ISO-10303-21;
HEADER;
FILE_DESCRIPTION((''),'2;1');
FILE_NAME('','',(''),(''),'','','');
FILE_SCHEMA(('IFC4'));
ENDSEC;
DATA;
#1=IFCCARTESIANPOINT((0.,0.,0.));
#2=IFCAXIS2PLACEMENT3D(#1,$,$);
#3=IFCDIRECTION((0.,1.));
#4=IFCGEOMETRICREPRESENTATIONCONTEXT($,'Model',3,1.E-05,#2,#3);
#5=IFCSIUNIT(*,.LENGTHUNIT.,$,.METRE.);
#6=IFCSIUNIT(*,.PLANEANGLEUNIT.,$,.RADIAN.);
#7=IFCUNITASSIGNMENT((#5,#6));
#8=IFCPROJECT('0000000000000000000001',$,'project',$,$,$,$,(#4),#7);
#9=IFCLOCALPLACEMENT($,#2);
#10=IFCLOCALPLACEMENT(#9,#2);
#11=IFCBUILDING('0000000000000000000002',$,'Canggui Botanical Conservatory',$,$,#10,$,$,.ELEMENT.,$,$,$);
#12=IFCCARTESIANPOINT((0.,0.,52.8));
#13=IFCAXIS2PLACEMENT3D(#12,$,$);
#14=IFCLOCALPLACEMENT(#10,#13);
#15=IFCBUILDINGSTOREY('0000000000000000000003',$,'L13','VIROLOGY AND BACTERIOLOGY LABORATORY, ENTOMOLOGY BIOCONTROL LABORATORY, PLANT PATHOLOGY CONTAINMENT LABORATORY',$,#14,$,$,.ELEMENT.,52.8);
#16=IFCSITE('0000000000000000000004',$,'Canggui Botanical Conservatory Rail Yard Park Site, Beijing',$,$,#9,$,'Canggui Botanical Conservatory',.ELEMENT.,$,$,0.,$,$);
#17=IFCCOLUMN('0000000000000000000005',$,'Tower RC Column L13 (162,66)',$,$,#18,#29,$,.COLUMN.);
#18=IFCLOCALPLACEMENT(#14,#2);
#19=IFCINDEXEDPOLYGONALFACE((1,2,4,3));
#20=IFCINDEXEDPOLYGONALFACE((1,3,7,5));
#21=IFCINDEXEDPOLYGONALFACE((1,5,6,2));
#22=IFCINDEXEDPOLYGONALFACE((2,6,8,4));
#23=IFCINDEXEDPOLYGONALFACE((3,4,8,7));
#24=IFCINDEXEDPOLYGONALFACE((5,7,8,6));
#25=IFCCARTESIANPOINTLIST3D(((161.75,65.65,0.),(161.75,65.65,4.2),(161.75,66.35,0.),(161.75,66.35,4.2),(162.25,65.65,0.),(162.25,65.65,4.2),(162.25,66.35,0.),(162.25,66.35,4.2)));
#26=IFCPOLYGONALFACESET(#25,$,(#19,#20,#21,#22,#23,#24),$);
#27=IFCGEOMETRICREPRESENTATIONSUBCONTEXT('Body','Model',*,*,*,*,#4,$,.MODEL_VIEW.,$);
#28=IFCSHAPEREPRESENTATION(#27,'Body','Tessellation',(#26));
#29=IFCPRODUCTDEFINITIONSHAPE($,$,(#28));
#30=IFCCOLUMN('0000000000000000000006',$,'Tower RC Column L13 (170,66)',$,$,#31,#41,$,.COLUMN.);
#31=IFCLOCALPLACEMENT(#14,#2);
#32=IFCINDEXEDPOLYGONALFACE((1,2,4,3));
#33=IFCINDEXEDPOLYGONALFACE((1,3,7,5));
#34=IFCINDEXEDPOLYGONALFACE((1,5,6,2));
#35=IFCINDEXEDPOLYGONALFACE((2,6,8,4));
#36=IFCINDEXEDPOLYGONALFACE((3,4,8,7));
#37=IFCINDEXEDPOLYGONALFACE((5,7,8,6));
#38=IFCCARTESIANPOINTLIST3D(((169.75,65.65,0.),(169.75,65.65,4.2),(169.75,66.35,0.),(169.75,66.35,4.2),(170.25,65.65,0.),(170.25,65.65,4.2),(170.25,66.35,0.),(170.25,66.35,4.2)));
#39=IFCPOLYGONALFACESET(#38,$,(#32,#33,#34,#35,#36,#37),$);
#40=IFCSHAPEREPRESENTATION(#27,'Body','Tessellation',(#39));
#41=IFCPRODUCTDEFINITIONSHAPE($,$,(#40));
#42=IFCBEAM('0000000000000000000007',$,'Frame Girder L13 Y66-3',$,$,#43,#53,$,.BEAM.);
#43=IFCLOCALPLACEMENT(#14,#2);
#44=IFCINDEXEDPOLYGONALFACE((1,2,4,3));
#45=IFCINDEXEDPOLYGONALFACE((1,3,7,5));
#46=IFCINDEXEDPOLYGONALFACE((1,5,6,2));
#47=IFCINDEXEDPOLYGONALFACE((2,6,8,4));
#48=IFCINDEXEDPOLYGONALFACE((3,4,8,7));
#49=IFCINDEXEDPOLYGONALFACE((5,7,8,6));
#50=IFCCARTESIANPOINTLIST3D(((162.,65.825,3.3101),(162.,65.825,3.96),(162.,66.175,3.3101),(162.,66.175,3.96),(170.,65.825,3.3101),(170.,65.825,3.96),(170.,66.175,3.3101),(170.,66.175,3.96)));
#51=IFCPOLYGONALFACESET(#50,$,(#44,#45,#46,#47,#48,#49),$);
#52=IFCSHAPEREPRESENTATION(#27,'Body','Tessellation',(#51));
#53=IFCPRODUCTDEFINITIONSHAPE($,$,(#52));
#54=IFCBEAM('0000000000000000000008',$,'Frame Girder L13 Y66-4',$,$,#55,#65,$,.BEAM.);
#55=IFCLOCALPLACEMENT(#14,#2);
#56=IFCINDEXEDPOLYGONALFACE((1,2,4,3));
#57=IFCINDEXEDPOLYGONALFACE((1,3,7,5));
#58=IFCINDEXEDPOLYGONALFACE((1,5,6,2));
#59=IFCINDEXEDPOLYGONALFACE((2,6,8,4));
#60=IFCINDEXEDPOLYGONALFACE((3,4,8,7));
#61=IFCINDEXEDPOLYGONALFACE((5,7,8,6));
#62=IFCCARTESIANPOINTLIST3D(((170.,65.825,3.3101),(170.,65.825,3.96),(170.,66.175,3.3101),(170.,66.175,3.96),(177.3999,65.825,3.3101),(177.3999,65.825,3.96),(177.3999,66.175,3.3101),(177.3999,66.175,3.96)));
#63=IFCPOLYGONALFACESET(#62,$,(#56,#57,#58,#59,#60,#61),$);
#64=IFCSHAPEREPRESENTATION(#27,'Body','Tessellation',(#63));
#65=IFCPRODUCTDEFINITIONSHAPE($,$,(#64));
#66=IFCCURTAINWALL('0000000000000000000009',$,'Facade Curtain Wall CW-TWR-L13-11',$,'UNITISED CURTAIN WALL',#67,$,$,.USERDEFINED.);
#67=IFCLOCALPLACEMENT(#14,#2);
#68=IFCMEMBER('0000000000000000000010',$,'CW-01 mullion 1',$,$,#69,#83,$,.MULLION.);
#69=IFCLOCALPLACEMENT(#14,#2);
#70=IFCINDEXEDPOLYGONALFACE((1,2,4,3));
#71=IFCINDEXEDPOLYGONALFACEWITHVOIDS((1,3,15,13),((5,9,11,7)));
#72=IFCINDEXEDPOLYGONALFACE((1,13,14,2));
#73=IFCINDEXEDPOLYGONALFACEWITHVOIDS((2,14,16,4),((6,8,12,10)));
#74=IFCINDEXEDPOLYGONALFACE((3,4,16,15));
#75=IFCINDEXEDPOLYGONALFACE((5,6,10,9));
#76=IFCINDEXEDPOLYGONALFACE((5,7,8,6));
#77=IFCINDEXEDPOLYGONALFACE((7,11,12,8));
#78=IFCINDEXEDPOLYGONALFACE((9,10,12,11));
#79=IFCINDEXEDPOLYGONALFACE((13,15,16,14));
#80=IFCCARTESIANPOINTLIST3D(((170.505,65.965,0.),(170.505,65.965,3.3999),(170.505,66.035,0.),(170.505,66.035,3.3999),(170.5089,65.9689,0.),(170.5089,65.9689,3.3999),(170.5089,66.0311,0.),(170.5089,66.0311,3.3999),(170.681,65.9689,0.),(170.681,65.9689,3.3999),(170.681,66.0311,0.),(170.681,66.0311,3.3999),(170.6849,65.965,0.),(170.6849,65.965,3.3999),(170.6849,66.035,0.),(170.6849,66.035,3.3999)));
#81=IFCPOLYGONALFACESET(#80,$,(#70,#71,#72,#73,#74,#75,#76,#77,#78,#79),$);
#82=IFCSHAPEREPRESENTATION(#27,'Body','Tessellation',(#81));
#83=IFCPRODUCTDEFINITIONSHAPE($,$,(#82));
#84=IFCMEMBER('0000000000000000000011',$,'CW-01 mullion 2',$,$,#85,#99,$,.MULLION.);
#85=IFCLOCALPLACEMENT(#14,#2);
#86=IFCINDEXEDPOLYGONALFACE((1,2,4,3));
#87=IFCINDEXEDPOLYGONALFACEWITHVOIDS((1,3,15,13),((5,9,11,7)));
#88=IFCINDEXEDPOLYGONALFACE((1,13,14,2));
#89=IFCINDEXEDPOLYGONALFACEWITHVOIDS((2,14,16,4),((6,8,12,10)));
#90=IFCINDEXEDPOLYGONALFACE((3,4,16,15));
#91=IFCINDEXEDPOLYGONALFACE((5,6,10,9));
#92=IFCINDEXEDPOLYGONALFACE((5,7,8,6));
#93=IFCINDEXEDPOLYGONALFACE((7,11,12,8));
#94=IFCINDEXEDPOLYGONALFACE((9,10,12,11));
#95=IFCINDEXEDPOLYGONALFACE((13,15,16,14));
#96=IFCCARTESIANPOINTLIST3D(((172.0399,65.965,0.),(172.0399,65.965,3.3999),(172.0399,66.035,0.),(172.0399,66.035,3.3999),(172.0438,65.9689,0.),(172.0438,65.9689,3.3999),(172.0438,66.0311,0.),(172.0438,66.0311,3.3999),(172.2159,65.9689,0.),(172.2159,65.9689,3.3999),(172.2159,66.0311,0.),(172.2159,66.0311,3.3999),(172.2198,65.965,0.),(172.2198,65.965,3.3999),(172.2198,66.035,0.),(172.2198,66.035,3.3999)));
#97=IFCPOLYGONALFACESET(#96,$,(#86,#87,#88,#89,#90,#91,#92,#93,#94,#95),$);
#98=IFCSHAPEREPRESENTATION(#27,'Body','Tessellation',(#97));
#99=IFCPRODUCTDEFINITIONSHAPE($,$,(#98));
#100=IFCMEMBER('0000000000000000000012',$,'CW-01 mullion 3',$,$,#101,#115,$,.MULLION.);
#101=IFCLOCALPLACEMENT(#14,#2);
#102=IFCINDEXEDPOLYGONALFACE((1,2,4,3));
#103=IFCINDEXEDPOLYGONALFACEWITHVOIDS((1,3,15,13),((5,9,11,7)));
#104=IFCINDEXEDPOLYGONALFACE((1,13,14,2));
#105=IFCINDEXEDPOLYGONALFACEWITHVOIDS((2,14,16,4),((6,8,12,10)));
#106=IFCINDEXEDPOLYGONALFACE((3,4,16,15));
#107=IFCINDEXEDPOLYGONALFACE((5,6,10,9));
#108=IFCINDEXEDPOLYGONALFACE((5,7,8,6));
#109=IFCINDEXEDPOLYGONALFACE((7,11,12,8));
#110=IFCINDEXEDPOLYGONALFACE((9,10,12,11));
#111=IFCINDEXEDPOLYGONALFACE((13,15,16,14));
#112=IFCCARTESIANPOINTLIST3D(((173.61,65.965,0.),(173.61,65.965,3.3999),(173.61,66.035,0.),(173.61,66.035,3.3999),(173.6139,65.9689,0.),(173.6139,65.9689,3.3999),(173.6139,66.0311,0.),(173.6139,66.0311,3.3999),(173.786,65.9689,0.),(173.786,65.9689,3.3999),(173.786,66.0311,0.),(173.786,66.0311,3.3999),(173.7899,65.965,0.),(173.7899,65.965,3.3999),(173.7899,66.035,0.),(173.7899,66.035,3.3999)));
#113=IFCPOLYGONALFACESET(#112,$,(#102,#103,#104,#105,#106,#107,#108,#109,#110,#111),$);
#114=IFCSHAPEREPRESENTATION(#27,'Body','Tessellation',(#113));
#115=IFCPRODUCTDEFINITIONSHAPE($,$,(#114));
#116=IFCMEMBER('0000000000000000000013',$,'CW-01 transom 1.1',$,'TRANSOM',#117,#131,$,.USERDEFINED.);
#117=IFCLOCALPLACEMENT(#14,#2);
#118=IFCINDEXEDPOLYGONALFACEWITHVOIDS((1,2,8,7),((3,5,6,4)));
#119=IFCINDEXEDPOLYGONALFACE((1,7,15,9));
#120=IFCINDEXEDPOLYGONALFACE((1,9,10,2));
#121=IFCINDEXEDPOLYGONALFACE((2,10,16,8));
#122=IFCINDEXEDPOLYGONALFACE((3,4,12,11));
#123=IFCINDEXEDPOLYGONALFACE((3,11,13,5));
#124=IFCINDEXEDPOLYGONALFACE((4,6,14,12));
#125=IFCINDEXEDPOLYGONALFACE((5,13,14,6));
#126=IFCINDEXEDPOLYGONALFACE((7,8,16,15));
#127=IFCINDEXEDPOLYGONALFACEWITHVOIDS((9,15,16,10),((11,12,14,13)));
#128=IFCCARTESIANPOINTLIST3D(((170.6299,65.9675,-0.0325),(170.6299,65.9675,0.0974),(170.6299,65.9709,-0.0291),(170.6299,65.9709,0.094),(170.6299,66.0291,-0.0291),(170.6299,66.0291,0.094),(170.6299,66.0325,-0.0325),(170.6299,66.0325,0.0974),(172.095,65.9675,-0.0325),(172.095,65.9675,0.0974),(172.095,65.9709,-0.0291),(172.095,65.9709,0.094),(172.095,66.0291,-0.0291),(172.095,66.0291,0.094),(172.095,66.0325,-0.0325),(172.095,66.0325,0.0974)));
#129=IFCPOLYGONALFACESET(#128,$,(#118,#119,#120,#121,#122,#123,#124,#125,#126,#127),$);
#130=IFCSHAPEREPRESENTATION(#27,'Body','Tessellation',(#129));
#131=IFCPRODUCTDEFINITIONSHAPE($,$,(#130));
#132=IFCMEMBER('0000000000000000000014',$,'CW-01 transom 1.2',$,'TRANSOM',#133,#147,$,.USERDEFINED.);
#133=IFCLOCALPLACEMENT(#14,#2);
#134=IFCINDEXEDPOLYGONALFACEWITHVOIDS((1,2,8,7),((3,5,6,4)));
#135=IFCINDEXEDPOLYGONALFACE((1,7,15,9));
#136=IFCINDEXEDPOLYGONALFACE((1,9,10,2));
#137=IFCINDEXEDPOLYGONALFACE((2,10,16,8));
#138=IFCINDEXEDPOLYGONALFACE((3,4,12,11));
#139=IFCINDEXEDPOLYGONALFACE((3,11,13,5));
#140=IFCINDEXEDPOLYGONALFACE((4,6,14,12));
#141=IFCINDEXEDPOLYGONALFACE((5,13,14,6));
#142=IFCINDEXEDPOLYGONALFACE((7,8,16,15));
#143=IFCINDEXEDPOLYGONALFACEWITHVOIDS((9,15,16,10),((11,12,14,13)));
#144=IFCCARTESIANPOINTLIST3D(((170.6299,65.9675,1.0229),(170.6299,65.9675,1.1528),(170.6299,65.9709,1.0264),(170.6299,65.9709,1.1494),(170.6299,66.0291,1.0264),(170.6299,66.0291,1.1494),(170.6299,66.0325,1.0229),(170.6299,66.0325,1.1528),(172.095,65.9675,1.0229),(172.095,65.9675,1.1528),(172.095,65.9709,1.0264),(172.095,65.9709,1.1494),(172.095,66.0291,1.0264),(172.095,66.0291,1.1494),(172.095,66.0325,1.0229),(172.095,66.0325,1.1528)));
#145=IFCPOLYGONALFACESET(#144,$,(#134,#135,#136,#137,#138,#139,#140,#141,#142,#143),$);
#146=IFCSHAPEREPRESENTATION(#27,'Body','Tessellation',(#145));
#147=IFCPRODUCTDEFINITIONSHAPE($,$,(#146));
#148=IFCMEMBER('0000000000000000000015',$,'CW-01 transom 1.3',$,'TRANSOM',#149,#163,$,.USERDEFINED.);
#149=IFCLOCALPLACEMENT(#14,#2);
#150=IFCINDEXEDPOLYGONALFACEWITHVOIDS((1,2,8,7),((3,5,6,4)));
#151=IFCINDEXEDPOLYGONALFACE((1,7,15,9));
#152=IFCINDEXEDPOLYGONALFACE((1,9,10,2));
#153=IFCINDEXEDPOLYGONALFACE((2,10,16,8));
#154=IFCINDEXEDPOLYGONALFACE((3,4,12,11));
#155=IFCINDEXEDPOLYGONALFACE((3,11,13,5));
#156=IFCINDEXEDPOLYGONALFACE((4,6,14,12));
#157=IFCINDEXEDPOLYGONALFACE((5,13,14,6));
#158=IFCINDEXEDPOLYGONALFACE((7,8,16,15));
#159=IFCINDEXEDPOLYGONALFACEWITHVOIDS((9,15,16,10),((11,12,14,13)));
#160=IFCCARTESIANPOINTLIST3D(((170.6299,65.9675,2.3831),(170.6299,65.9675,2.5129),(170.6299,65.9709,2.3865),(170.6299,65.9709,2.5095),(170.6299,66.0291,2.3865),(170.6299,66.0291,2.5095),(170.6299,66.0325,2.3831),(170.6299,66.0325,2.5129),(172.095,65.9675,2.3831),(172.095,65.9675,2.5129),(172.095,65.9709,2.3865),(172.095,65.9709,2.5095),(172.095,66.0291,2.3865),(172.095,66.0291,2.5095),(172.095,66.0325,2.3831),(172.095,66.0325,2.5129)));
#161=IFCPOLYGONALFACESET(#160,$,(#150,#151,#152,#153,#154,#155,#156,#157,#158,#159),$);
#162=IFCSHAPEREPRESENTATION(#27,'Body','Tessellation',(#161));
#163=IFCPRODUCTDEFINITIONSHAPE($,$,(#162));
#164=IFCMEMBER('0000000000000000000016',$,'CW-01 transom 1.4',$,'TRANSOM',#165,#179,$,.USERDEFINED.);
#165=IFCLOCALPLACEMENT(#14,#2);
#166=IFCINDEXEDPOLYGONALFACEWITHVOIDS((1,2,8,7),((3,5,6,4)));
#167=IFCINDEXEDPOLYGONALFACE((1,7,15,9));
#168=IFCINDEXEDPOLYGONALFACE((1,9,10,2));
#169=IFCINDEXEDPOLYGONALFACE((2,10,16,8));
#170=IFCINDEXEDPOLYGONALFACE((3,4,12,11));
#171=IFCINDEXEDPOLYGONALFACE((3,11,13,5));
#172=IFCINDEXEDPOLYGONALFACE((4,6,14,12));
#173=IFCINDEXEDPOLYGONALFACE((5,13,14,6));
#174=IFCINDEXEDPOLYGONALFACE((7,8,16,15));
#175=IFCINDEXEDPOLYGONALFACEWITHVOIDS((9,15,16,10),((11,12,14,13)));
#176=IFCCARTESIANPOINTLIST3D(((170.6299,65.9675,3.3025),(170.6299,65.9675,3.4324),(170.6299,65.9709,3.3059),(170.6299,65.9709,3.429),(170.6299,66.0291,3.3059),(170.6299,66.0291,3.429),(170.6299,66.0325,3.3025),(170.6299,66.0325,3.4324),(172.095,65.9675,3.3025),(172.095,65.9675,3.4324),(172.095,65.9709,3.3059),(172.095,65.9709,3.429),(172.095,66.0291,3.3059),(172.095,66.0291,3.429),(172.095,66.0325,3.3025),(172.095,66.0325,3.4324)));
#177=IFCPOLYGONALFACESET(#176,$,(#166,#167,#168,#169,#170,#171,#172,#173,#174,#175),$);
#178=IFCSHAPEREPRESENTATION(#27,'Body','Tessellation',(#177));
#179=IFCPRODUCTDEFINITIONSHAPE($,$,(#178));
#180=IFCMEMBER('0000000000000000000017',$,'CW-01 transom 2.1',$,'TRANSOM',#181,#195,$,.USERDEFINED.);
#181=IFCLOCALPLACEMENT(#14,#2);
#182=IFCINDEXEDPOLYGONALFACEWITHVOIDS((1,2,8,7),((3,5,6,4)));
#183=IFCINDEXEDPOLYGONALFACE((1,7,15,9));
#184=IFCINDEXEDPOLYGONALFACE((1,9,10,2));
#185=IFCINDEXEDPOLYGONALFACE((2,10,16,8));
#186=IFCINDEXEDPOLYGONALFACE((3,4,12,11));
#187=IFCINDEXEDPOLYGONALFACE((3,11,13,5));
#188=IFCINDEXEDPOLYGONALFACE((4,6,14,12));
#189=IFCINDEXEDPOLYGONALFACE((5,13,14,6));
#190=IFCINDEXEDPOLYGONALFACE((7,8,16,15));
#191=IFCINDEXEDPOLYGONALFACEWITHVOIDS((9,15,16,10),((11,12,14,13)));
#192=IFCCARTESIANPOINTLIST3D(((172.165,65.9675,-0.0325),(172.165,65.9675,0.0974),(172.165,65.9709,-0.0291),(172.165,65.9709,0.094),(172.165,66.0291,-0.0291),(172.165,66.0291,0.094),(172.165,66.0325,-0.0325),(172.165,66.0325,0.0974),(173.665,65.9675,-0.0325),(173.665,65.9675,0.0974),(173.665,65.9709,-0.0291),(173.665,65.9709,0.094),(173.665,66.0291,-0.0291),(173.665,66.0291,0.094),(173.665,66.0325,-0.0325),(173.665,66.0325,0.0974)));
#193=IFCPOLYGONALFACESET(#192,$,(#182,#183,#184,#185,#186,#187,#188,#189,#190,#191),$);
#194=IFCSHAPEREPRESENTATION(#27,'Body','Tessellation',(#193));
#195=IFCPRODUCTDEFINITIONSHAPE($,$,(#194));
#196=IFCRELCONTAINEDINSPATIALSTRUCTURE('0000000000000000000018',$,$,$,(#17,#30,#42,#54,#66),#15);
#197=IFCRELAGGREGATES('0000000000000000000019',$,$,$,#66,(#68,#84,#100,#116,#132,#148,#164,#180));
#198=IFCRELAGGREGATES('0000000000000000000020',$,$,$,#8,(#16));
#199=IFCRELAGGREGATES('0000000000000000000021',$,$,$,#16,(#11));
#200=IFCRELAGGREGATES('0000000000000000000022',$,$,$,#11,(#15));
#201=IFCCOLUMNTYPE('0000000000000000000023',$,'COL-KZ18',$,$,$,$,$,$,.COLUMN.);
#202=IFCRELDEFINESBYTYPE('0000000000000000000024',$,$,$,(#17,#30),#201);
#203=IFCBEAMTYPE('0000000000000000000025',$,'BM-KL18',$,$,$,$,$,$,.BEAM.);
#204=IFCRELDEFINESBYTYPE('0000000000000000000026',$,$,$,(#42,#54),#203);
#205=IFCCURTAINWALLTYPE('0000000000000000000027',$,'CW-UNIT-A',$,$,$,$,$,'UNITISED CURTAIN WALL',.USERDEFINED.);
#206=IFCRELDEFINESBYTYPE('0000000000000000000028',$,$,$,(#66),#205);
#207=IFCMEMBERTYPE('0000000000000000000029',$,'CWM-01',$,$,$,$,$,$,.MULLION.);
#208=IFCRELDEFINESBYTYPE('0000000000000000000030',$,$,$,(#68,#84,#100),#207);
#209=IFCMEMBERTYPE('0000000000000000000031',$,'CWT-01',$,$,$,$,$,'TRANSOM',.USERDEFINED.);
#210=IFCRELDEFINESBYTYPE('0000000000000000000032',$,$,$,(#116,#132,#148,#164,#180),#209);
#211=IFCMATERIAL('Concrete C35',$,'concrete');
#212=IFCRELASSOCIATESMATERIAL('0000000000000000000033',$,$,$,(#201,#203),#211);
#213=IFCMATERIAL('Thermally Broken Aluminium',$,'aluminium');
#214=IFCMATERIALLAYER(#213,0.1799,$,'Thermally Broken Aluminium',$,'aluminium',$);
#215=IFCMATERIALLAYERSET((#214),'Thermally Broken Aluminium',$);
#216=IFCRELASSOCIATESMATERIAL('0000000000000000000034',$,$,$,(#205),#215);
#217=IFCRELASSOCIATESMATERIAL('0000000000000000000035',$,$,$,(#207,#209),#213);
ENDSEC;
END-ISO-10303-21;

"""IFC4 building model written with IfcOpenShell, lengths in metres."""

from ifc_helpers import new_model, si_unit, direction, frame, origin, origin_2d, place, context, subcontext, project, spatial, rectangle, hollow_rectangle, extrude, material, layer, layer_set, material_profile, profile_set, type_object, element, aggregate, save


model = new_model("IFC4")

# Units and contexts
model_context = context("Model", 3, precision=1e-05, world=origin(), true_north=direction((0.0, 1.0)))
body_context = subcontext(model_context, "Body", "Model", "MODEL_VIEW")
ifc_project = project(units=[si_unit("LENGTHUNIT", "METRE"), si_unit("PLANEANGLEUNIT", "RADIAN")], contexts=[model_context])

# Site, building, storey
site_placement = place(None, origin())
site = spatial("IfcSite", under=ifc_project, at=site_placement, Name="Canggui Botanical Conservatory Rail Yard Park Site, Beijing", LongName="Canggui Botanical Conservatory", CompositionType="ELEMENT", RefElevation=0.0)
building_placement = place(site_placement, origin())
building = spatial("IfcBuilding", under=site, at=building_placement, Name="Canggui Botanical Conservatory", CompositionType="ELEMENT")
storey_placement = place(building_placement, frame((0.0, 0.0, 52.8)))
storey = spatial("IfcBuildingStorey", under=building, at=storey_placement, Name="L13", Description="VIROLOGY AND BACTERIOLOGY LABORATORY, ENTOMOLOGY BIOCONTROL LABORATORY, PLANT PATHOLOGY CONTAINMENT LABORATORY", CompositionType="ELEMENT", Elevation=52.8)

# Columns
ifc_material_1 = material(Name="Concrete C35", Category="concrete")
ifc_material_profile_1 = material_profile(ifc_material_1, rectangle(XDim=0.5, YDim=0.7, at=origin_2d()), Name="RC 500x700")
ifc_profile_set_1 = profile_set([ifc_material_profile_1], Name="Concrete C35")
column_type = type_object("IfcColumnType", Name="COL-KZ18", PredefinedType="COLUMN", material=ifc_profile_set_1)
for number, where, z_axis, x_axis, name in (
    (1, (162.0, 66.0, 0.0), (0.0, 0.0, 1.0), (1.0, 0.0, 0.0), "Tower RC Column L13 (162,66)"),
    (2, (170.0, 66.0, 0.0), (0.0, 0.0, 1.0), (1.0, 0.0, 0.0), "Tower RC Column L13 (170,66)"),
):
    element("IfcColumn", number, at=place(storey_placement, frame(where, z_axis=z_axis, x_axis=x_axis)), inside=storey, type_object=column_type, Name=name, PredefinedType="COLUMN", context=body_context, shape_type="SweptSolid", body=[
        extrude(rectangle(XDim=0.5, YDim=0.7, at=origin_2d()), origin(), (0.0, 0.0, 1.0), 4.2),
    ])

# Beams
ifc_material_profile_2 = material_profile(ifc_material_1, rectangle(XDim=0.3501, YDim=0.6499, at=origin_2d()), Name="RB 350x650")
ifc_profile_set_2 = profile_set([ifc_material_profile_2], Name="Concrete C35")
beam_type = type_object("IfcBeamType", Name="BM-KL18", PredefinedType="BEAM", material=ifc_profile_set_2)
beam_1_placement = place(storey_placement, frame((162.0, 66.0, 3.635), z_axis=(1.0, 0.0, 0.0), x_axis=(0.0, 1.0, 0.0)))
element("IfcBeam", 3, at=beam_1_placement, inside=storey, type_object=beam_type, Name="Frame Girder L13 Y66-3", PredefinedType="BEAM", context=body_context, shape_type="SweptSolid", body=[
    extrude(rectangle(XDim=0.3501, YDim=0.6499, at=origin_2d()), origin(), (0.0, 0.0, 1.0), 8.0),
])
beam_2_placement = place(storey_placement, frame((170.0, 66.0, 3.635), z_axis=(1.0, 0.0, 0.0), x_axis=(0.0, 1.0, 0.0)))
element("IfcBeam", 4, at=beam_2_placement, inside=storey, type_object=beam_type, Name="Frame Girder L13 Y66-4", PredefinedType="BEAM", context=body_context, shape_type="SweptSolid", body=[
    extrude(rectangle(XDim=0.3501, YDim=0.6499, at=origin_2d()), origin(), (0.0, 0.0, 1.0), 7.3999),
])

# Curtain wall, members
ifc_material_2 = material(Name="Thermally Broken Aluminium", Category="aluminium")
ifc_layer_1 = layer(ifc_material_2, 0.1799, Name="Thermally Broken Aluminium", Category="aluminium")
ifc_layer_set_1 = layer_set([ifc_layer_1], Name="Thermally Broken Aluminium")
curtain_wall_type = type_object("IfcCurtainWallType", Name="CW-UNIT-A", ElementType="UNITISED CURTAIN WALL", PredefinedType="USERDEFINED", material=ifc_layer_set_1)
curtain_wall_placement = place(storey_placement, origin())
curtain_wall = element("IfcCurtainWall", 5, at=curtain_wall_placement, inside=storey, type_object=curtain_wall_type, Name="Facade Curtain Wall CW-TWR-L13-11", ObjectType="UNITISED CURTAIN WALL", PredefinedType="USERDEFINED")
ifc_material_profile_3 = material_profile(ifc_material_2, hollow_rectangle(XDim=0.0701, YDim=0.1799, WallThickness=0.0039, at=origin_2d()), Name="CWM 70x180x4")
ifc_profile_set_3 = profile_set([ifc_material_profile_3], Name="Thermally Broken Aluminium")
member_type_1 = type_object("IfcMemberType", Name="CWM-01", PredefinedType="MULLION", material=ifc_profile_set_3)
member_1_placement = place(storey_placement, frame((170.595, 66.0, 0.0), z_axis=(0.0, 0.0, 1.0), x_axis=(0.0, 1.0, 0.0)))
member_1 = element("IfcMember", 6, at=member_1_placement, type_object=member_type_1, Name="CW-01 mullion 1", PredefinedType="MULLION", context=body_context, shape_type="SweptSolid", body=[
    extrude(hollow_rectangle(XDim=0.0701, YDim=0.1799, WallThickness=0.0039, at=origin_2d()), origin(), (0.0, 0.0, 1.0), 3.3999),
])
member_2_placement = place(storey_placement, frame((172.1299, 66.0, 0.0), z_axis=(0.0, 0.0, 1.0), x_axis=(0.0, 1.0, 0.0)))
member_2 = element("IfcMember", 7, at=member_2_placement, type_object=member_type_1, Name="CW-01 mullion 2", PredefinedType="MULLION", context=body_context, shape_type="SweptSolid", body=[
    extrude(hollow_rectangle(XDim=0.0701, YDim=0.1799, WallThickness=0.0039, at=origin_2d()), origin(), (0.0, 0.0, 1.0), 3.3999),
])
member_3_placement = place(storey_placement, frame((173.7, 66.0, 0.0), z_axis=(0.0, 0.0, 1.0), x_axis=(0.0, 1.0, 0.0)))
member_3 = element("IfcMember", 8, at=member_3_placement, type_object=member_type_1, Name="CW-01 mullion 3", PredefinedType="MULLION", context=body_context, shape_type="SweptSolid", body=[
    extrude(hollow_rectangle(XDim=0.0701, YDim=0.1799, WallThickness=0.0039, at=origin_2d()), origin(), (0.0, 0.0, 1.0), 3.3999),
])
ifc_material_profile_4 = material_profile(ifc_material_2, hollow_rectangle(XDim=0.0649, YDim=0.1299, WallThickness=0.0034, at=origin_2d()), Name="CWT 65x130x3.5")
ifc_profile_set_4 = profile_set([ifc_material_profile_4], Name="Thermally Broken Aluminium")
member_type_2 = type_object("IfcMemberType", Name="CWT-01", ElementType="TRANSOM", PredefinedType="USERDEFINED", material=ifc_profile_set_4)
member_4_placement = place(storey_placement, frame((170.6299, 66.0, 0.0325), z_axis=(1.0, 0.0, 0.0), x_axis=(0.0, 1.0, 0.0)))
member_4 = element("IfcMember", 9, at=member_4_placement, type_object=member_type_2, Name="CW-01 transom 1.1", ObjectType="TRANSOM", PredefinedType="USERDEFINED", context=body_context, shape_type="SweptSolid", body=[
    extrude(hollow_rectangle(XDim=0.0649, YDim=0.1299, WallThickness=0.0034, at=origin_2d()), origin(), (0.0, 0.0, 1.0), 1.4651),
])
member_5_placement = place(storey_placement, frame((170.6299, 66.0, 1.0879), z_axis=(1.0, 0.0, 0.0), x_axis=(0.0, 1.0, 0.0)))
member_5 = element("IfcMember", 10, at=member_5_placement, type_object=member_type_2, Name="CW-01 transom 1.2", ObjectType="TRANSOM", PredefinedType="USERDEFINED", context=body_context, shape_type="SweptSolid", body=[
    extrude(hollow_rectangle(XDim=0.0649, YDim=0.1299, WallThickness=0.0034, at=origin_2d()), origin(), (0.0, 0.0, 1.0), 1.4651),
])
member_6_placement = place(storey_placement, frame((170.6299, 66.0, 2.448), z_axis=(1.0, 0.0, 0.0), x_axis=(0.0, 1.0, 0.0)))
member_6 = element("IfcMember", 11, at=member_6_placement, type_object=member_type_2, Name="CW-01 transom 1.3", ObjectType="TRANSOM", PredefinedType="USERDEFINED", context=body_context, shape_type="SweptSolid", body=[
    extrude(hollow_rectangle(XDim=0.0649, YDim=0.1299, WallThickness=0.0034, at=origin_2d()), origin(), (0.0, 0.0, 1.0), 1.4651),
])
member_7_placement = place(storey_placement, frame((170.6299, 66.0, 3.3674), z_axis=(1.0, 0.0, 0.0), x_axis=(0.0, 1.0, 0.0)))
member_7 = element("IfcMember", 12, at=member_7_placement, type_object=member_type_2, Name="CW-01 transom 1.4", ObjectType="TRANSOM", PredefinedType="USERDEFINED", context=body_context, shape_type="SweptSolid", body=[
    extrude(hollow_rectangle(XDim=0.0649, YDim=0.1299, WallThickness=0.0034, at=origin_2d()), origin(), (0.0, 0.0, 1.0), 1.4651),
])
member_8_placement = place(storey_placement, frame((172.165, 66.0, 0.0325), z_axis=(1.0, 0.0, 0.0), x_axis=(0.0, 1.0, 0.0)))
member_8 = element("IfcMember", 13, at=member_8_placement, type_object=member_type_2, Name="CW-01 transom 2.1", ObjectType="TRANSOM", PredefinedType="USERDEFINED", context=body_context, shape_type="SweptSolid", body=[
    extrude(hollow_rectangle(XDim=0.0649, YDim=0.1299, WallThickness=0.0034, at=origin_2d()), origin(), (0.0, 0.0, 1.0), 1.5),
])
aggregate(curtain_wall, [member_1, member_2, member_3, member_4, member_5, member_6, member_7, member_8])

save(model, "model.ifc")
